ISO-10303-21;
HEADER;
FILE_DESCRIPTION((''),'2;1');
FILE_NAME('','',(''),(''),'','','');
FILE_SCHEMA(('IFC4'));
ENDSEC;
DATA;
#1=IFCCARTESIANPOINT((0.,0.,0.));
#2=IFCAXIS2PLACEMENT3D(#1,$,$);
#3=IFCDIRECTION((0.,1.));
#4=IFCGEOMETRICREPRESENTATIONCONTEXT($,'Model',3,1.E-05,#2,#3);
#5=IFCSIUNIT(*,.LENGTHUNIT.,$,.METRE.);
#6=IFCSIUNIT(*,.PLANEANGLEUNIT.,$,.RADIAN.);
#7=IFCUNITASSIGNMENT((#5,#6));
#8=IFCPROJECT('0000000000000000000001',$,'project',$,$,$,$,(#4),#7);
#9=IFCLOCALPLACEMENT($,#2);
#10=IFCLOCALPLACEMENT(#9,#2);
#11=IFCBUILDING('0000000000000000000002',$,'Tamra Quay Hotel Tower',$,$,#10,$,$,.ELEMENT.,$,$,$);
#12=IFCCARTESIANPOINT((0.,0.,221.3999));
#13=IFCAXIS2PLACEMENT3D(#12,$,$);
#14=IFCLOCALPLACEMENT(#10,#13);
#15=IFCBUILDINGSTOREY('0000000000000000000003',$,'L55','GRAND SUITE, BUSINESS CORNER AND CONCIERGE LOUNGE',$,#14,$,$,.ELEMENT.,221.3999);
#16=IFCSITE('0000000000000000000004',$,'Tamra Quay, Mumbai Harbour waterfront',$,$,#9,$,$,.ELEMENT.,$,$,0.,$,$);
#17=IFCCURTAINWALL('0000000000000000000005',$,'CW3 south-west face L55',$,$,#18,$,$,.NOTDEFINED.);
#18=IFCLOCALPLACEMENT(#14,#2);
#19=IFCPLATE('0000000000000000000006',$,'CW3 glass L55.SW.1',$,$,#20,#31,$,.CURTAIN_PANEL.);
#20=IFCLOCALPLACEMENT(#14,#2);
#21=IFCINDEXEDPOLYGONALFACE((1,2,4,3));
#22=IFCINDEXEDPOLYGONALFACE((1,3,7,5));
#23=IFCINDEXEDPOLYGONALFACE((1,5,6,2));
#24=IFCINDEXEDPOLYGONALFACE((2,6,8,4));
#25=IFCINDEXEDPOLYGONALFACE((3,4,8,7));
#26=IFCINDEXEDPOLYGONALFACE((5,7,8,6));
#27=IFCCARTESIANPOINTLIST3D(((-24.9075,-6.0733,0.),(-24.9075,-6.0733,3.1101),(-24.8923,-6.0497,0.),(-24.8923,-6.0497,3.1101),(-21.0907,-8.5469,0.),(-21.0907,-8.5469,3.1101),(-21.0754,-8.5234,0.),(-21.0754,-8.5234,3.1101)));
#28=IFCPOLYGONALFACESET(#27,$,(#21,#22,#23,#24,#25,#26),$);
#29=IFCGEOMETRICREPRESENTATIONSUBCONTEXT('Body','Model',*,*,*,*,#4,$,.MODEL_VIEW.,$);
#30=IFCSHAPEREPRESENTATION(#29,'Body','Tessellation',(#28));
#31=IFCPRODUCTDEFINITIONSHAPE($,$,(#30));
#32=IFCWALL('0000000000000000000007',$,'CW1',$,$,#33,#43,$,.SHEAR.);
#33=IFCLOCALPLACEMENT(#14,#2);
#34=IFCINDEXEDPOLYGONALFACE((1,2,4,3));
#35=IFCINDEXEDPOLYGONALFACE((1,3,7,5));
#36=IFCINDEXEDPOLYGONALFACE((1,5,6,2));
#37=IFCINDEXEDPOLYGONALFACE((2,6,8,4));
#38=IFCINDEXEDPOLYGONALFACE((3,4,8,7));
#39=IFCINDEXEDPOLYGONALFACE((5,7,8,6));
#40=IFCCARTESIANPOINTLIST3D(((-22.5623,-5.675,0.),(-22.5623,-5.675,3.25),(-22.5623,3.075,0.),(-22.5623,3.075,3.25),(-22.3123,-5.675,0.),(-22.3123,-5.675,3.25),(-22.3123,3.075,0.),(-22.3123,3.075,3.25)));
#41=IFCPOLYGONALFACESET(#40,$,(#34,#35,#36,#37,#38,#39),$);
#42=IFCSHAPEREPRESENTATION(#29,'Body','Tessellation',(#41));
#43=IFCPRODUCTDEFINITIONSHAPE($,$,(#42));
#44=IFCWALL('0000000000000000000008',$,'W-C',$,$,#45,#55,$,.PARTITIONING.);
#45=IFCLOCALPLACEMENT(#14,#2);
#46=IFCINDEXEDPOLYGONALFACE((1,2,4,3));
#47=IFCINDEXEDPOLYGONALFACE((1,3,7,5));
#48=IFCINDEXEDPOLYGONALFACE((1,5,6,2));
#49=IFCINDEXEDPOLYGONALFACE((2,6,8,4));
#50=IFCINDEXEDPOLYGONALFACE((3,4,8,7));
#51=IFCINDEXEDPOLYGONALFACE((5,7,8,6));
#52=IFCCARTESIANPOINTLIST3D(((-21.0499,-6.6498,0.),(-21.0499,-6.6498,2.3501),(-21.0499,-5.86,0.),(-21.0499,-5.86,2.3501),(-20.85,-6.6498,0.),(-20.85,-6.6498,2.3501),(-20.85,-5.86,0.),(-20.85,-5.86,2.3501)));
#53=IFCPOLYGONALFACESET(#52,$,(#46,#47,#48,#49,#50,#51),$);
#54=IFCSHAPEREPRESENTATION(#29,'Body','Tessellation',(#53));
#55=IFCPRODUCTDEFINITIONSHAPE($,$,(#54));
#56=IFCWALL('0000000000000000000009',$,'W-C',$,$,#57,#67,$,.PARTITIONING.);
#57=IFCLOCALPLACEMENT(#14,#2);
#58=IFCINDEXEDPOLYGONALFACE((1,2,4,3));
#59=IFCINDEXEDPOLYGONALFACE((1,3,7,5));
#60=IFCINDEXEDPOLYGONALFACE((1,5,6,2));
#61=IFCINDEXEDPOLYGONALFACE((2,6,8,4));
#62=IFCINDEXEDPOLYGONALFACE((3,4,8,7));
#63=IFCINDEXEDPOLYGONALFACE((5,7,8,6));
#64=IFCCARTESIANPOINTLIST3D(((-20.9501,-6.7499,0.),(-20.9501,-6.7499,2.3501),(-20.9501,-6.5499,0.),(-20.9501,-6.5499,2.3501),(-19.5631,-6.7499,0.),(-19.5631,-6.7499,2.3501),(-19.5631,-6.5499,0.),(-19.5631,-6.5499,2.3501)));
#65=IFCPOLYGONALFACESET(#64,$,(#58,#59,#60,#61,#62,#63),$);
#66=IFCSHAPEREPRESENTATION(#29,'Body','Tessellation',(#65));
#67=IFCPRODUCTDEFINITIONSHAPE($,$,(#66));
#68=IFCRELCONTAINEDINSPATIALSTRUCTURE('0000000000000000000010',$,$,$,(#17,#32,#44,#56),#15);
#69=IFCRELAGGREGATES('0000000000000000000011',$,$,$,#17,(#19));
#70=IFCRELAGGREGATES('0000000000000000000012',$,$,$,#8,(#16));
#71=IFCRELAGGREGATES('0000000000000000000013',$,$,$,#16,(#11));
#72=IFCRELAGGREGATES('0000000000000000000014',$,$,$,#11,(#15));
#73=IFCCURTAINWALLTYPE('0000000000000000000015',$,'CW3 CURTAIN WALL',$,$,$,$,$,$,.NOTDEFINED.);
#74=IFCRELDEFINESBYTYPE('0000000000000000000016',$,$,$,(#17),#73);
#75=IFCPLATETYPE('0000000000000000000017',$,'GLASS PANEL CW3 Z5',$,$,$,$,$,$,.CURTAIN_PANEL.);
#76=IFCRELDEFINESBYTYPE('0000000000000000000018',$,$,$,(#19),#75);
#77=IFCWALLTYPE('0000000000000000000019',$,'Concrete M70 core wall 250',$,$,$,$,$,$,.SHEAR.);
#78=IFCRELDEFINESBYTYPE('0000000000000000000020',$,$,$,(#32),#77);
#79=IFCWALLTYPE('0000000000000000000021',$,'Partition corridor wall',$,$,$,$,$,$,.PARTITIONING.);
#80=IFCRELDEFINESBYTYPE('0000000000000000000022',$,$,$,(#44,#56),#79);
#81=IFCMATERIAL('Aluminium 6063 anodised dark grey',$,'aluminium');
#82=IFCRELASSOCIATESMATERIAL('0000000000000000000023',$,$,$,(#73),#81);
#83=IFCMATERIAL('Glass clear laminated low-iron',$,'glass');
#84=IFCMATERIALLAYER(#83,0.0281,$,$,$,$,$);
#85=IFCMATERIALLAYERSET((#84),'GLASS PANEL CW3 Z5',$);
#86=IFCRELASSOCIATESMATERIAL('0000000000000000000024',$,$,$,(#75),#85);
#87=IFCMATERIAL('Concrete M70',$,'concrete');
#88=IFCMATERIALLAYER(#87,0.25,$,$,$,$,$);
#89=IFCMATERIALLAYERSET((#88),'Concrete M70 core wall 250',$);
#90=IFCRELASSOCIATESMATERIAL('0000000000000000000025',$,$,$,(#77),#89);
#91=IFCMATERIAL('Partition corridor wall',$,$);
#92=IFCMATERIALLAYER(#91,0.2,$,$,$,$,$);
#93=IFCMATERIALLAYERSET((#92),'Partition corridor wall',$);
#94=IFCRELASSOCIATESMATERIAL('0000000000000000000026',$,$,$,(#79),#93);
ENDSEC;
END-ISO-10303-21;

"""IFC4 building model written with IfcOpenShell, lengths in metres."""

from ifc_helpers import new_model, si_unit, direction, frame, frame_2d, origin, origin_2d, place, context, subcontext, project, spatial, rectangle, extrude, material, layer, layer_set, type_object, element, aggregate, save


model = new_model("IFC4")

# Units and contexts
model_context = context("Model", 3, precision=1e-05, world=origin(), true_north=direction((0.0, 1.0)))
body_context = subcontext(model_context, "Body", "Model", "MODEL_VIEW")
ifc_project = project(units=[si_unit("LENGTHUNIT", "METRE"), si_unit("PLANEANGLEUNIT", "RADIAN")], contexts=[model_context])

# Site, building, storey
site_placement = place(None, origin())
site = spatial("IfcSite", under=ifc_project, at=site_placement, Name="Tamra Quay, Mumbai Harbour waterfront", CompositionType="ELEMENT", RefElevation=0.0)
building_placement = place(site_placement, origin())
building = spatial("IfcBuilding", under=site, at=building_placement, Name="Tamra Quay Hotel Tower", CompositionType="ELEMENT")
storey_placement = place(building_placement, frame((0.0, 0.0, 221.3999)))
storey = spatial("IfcBuildingStorey", under=building, at=storey_placement, Name="L55", Description="GRAND SUITE, BUSINESS CORNER AND CONCIERGE LOUNGE", CompositionType="ELEMENT", Elevation=221.3999)

# Shared definitions
ifc_material_1 = material(Name="Concrete M70", Category="concrete")

# Curtain wall
ifc_material_2 = material(Name="Aluminium 6063 anodised dark grey", Category="aluminium")
curtain_wall_type_1 = type_object("IfcCurtainWallType", Name="CW3 CURTAIN WALL", PredefinedType="NOTDEFINED", material=ifc_material_2)
curtain_wall_1_placement = place(storey_placement, origin())
curtain_wall_1 = element("IfcCurtainWall", 1, at=curtain_wall_1_placement, inside=storey, type_object=curtain_wall_type_1, Name="CW3 south-west face L55", PredefinedType="NOTDEFINED")

# Plate
ifc_material_3 = material(Name="Glass clear laminated low-iron", Category="glass")
ifc_layer_1 = layer(ifc_material_3, 0.0281)
ifc_layer_set_1 = layer_set([ifc_layer_1], Name="GLASS PANEL CW3 Z5")
plate_type_1 = type_object("IfcPlateType", Name="GLASS PANEL CW3 Z5", PredefinedType="CURTAIN_PANEL", material=ifc_layer_set_1)
plate_1_placement = place(storey_placement, frame((-22.9915, -7.2983, 0.0), z_axis=(0.0, 0.0, 1.0), x_axis=(0.839179, -0.543856, 0.0)))
plate_1 = element("IfcPlate", 2, at=plate_1_placement, type_object=plate_type_1, Name="CW3 glass L55.SW.1", PredefinedType="CURTAIN_PANEL", context=body_context, shape_type="SweptSolid", body=[
    extrude(rectangle(XDim=4.5483, YDim=0.0281, at=origin_2d()), origin(), (0.0, 0.0, 1.0), 3.1101),
])
aggregate(curtain_wall_1, [plate_1])

# Walls
ifc_layer_2 = layer(ifc_material_1, 0.25)
ifc_layer_set_2 = layer_set([ifc_layer_2], Name="Concrete M70 core wall 250")
wall_type_1 = type_object("IfcWallType", Name="Concrete M70 core wall 250", PredefinedType="SHEAR", material=ifc_layer_set_2)
wall_1_placement = place(storey_placement, frame((-22.4373, -5.675, 0.0), z_axis=(0.0, 0.0, 1.0), x_axis=(0.0, 1.0, 0.0)))
element("IfcWall", 3, at=wall_1_placement, inside=storey, type_object=wall_type_1, Name="CW1", PredefinedType="SHEAR", context=body_context, shape_type="SweptSolid", body=[
    extrude(rectangle(XDim=8.75, YDim=0.25, at=frame_2d((4.375, 0.0))), origin(), (0.0, 0.0, 1.0), 3.25),
])
ifc_material_4 = material(Name="Partition corridor wall")
ifc_layer_3 = layer(ifc_material_4, 0.2)
ifc_layer_set_3 = layer_set([ifc_layer_3], Name="Partition corridor wall")
wall_type_2 = type_object("IfcWallType", Name="Partition corridor wall", PredefinedType="PARTITIONING", material=ifc_layer_set_3)
wall_2_placement = place(storey_placement, frame((-20.95, -6.6499, 0.0), z_axis=(0.0, 0.0, 1.0), x_axis=(0.0, 1.0, 0.0)))
element("IfcWall", 4, at=wall_2_placement, inside=storey, type_object=wall_type_2, Name="W-C", PredefinedType="PARTITIONING", context=body_context, shape_type="SweptSolid", body=[
    extrude(rectangle(XDim=0.7898, YDim=0.2, at=frame_2d((0.395, 0.0))), origin(), (0.0, 0.0, 1.0), 2.3501),
])
wall_3_placement = place(storey_placement, frame((-20.95, -6.6499, 0.0), z_axis=(0.0, 0.0, 1.0), x_axis=(1.0, 0.0, 0.0)))
element("IfcWall", 5, at=wall_3_placement, inside=storey, type_object=wall_type_2, Name="W-C", PredefinedType="PARTITIONING", context=body_context, shape_type="SweptSolid", body=[
    extrude(rectangle(XDim=1.387, YDim=0.2, at=frame_2d((0.6934, 0.0))), origin(), (0.0, 0.0, 1.0), 2.3501),
])

save(model, "model.ifc")
